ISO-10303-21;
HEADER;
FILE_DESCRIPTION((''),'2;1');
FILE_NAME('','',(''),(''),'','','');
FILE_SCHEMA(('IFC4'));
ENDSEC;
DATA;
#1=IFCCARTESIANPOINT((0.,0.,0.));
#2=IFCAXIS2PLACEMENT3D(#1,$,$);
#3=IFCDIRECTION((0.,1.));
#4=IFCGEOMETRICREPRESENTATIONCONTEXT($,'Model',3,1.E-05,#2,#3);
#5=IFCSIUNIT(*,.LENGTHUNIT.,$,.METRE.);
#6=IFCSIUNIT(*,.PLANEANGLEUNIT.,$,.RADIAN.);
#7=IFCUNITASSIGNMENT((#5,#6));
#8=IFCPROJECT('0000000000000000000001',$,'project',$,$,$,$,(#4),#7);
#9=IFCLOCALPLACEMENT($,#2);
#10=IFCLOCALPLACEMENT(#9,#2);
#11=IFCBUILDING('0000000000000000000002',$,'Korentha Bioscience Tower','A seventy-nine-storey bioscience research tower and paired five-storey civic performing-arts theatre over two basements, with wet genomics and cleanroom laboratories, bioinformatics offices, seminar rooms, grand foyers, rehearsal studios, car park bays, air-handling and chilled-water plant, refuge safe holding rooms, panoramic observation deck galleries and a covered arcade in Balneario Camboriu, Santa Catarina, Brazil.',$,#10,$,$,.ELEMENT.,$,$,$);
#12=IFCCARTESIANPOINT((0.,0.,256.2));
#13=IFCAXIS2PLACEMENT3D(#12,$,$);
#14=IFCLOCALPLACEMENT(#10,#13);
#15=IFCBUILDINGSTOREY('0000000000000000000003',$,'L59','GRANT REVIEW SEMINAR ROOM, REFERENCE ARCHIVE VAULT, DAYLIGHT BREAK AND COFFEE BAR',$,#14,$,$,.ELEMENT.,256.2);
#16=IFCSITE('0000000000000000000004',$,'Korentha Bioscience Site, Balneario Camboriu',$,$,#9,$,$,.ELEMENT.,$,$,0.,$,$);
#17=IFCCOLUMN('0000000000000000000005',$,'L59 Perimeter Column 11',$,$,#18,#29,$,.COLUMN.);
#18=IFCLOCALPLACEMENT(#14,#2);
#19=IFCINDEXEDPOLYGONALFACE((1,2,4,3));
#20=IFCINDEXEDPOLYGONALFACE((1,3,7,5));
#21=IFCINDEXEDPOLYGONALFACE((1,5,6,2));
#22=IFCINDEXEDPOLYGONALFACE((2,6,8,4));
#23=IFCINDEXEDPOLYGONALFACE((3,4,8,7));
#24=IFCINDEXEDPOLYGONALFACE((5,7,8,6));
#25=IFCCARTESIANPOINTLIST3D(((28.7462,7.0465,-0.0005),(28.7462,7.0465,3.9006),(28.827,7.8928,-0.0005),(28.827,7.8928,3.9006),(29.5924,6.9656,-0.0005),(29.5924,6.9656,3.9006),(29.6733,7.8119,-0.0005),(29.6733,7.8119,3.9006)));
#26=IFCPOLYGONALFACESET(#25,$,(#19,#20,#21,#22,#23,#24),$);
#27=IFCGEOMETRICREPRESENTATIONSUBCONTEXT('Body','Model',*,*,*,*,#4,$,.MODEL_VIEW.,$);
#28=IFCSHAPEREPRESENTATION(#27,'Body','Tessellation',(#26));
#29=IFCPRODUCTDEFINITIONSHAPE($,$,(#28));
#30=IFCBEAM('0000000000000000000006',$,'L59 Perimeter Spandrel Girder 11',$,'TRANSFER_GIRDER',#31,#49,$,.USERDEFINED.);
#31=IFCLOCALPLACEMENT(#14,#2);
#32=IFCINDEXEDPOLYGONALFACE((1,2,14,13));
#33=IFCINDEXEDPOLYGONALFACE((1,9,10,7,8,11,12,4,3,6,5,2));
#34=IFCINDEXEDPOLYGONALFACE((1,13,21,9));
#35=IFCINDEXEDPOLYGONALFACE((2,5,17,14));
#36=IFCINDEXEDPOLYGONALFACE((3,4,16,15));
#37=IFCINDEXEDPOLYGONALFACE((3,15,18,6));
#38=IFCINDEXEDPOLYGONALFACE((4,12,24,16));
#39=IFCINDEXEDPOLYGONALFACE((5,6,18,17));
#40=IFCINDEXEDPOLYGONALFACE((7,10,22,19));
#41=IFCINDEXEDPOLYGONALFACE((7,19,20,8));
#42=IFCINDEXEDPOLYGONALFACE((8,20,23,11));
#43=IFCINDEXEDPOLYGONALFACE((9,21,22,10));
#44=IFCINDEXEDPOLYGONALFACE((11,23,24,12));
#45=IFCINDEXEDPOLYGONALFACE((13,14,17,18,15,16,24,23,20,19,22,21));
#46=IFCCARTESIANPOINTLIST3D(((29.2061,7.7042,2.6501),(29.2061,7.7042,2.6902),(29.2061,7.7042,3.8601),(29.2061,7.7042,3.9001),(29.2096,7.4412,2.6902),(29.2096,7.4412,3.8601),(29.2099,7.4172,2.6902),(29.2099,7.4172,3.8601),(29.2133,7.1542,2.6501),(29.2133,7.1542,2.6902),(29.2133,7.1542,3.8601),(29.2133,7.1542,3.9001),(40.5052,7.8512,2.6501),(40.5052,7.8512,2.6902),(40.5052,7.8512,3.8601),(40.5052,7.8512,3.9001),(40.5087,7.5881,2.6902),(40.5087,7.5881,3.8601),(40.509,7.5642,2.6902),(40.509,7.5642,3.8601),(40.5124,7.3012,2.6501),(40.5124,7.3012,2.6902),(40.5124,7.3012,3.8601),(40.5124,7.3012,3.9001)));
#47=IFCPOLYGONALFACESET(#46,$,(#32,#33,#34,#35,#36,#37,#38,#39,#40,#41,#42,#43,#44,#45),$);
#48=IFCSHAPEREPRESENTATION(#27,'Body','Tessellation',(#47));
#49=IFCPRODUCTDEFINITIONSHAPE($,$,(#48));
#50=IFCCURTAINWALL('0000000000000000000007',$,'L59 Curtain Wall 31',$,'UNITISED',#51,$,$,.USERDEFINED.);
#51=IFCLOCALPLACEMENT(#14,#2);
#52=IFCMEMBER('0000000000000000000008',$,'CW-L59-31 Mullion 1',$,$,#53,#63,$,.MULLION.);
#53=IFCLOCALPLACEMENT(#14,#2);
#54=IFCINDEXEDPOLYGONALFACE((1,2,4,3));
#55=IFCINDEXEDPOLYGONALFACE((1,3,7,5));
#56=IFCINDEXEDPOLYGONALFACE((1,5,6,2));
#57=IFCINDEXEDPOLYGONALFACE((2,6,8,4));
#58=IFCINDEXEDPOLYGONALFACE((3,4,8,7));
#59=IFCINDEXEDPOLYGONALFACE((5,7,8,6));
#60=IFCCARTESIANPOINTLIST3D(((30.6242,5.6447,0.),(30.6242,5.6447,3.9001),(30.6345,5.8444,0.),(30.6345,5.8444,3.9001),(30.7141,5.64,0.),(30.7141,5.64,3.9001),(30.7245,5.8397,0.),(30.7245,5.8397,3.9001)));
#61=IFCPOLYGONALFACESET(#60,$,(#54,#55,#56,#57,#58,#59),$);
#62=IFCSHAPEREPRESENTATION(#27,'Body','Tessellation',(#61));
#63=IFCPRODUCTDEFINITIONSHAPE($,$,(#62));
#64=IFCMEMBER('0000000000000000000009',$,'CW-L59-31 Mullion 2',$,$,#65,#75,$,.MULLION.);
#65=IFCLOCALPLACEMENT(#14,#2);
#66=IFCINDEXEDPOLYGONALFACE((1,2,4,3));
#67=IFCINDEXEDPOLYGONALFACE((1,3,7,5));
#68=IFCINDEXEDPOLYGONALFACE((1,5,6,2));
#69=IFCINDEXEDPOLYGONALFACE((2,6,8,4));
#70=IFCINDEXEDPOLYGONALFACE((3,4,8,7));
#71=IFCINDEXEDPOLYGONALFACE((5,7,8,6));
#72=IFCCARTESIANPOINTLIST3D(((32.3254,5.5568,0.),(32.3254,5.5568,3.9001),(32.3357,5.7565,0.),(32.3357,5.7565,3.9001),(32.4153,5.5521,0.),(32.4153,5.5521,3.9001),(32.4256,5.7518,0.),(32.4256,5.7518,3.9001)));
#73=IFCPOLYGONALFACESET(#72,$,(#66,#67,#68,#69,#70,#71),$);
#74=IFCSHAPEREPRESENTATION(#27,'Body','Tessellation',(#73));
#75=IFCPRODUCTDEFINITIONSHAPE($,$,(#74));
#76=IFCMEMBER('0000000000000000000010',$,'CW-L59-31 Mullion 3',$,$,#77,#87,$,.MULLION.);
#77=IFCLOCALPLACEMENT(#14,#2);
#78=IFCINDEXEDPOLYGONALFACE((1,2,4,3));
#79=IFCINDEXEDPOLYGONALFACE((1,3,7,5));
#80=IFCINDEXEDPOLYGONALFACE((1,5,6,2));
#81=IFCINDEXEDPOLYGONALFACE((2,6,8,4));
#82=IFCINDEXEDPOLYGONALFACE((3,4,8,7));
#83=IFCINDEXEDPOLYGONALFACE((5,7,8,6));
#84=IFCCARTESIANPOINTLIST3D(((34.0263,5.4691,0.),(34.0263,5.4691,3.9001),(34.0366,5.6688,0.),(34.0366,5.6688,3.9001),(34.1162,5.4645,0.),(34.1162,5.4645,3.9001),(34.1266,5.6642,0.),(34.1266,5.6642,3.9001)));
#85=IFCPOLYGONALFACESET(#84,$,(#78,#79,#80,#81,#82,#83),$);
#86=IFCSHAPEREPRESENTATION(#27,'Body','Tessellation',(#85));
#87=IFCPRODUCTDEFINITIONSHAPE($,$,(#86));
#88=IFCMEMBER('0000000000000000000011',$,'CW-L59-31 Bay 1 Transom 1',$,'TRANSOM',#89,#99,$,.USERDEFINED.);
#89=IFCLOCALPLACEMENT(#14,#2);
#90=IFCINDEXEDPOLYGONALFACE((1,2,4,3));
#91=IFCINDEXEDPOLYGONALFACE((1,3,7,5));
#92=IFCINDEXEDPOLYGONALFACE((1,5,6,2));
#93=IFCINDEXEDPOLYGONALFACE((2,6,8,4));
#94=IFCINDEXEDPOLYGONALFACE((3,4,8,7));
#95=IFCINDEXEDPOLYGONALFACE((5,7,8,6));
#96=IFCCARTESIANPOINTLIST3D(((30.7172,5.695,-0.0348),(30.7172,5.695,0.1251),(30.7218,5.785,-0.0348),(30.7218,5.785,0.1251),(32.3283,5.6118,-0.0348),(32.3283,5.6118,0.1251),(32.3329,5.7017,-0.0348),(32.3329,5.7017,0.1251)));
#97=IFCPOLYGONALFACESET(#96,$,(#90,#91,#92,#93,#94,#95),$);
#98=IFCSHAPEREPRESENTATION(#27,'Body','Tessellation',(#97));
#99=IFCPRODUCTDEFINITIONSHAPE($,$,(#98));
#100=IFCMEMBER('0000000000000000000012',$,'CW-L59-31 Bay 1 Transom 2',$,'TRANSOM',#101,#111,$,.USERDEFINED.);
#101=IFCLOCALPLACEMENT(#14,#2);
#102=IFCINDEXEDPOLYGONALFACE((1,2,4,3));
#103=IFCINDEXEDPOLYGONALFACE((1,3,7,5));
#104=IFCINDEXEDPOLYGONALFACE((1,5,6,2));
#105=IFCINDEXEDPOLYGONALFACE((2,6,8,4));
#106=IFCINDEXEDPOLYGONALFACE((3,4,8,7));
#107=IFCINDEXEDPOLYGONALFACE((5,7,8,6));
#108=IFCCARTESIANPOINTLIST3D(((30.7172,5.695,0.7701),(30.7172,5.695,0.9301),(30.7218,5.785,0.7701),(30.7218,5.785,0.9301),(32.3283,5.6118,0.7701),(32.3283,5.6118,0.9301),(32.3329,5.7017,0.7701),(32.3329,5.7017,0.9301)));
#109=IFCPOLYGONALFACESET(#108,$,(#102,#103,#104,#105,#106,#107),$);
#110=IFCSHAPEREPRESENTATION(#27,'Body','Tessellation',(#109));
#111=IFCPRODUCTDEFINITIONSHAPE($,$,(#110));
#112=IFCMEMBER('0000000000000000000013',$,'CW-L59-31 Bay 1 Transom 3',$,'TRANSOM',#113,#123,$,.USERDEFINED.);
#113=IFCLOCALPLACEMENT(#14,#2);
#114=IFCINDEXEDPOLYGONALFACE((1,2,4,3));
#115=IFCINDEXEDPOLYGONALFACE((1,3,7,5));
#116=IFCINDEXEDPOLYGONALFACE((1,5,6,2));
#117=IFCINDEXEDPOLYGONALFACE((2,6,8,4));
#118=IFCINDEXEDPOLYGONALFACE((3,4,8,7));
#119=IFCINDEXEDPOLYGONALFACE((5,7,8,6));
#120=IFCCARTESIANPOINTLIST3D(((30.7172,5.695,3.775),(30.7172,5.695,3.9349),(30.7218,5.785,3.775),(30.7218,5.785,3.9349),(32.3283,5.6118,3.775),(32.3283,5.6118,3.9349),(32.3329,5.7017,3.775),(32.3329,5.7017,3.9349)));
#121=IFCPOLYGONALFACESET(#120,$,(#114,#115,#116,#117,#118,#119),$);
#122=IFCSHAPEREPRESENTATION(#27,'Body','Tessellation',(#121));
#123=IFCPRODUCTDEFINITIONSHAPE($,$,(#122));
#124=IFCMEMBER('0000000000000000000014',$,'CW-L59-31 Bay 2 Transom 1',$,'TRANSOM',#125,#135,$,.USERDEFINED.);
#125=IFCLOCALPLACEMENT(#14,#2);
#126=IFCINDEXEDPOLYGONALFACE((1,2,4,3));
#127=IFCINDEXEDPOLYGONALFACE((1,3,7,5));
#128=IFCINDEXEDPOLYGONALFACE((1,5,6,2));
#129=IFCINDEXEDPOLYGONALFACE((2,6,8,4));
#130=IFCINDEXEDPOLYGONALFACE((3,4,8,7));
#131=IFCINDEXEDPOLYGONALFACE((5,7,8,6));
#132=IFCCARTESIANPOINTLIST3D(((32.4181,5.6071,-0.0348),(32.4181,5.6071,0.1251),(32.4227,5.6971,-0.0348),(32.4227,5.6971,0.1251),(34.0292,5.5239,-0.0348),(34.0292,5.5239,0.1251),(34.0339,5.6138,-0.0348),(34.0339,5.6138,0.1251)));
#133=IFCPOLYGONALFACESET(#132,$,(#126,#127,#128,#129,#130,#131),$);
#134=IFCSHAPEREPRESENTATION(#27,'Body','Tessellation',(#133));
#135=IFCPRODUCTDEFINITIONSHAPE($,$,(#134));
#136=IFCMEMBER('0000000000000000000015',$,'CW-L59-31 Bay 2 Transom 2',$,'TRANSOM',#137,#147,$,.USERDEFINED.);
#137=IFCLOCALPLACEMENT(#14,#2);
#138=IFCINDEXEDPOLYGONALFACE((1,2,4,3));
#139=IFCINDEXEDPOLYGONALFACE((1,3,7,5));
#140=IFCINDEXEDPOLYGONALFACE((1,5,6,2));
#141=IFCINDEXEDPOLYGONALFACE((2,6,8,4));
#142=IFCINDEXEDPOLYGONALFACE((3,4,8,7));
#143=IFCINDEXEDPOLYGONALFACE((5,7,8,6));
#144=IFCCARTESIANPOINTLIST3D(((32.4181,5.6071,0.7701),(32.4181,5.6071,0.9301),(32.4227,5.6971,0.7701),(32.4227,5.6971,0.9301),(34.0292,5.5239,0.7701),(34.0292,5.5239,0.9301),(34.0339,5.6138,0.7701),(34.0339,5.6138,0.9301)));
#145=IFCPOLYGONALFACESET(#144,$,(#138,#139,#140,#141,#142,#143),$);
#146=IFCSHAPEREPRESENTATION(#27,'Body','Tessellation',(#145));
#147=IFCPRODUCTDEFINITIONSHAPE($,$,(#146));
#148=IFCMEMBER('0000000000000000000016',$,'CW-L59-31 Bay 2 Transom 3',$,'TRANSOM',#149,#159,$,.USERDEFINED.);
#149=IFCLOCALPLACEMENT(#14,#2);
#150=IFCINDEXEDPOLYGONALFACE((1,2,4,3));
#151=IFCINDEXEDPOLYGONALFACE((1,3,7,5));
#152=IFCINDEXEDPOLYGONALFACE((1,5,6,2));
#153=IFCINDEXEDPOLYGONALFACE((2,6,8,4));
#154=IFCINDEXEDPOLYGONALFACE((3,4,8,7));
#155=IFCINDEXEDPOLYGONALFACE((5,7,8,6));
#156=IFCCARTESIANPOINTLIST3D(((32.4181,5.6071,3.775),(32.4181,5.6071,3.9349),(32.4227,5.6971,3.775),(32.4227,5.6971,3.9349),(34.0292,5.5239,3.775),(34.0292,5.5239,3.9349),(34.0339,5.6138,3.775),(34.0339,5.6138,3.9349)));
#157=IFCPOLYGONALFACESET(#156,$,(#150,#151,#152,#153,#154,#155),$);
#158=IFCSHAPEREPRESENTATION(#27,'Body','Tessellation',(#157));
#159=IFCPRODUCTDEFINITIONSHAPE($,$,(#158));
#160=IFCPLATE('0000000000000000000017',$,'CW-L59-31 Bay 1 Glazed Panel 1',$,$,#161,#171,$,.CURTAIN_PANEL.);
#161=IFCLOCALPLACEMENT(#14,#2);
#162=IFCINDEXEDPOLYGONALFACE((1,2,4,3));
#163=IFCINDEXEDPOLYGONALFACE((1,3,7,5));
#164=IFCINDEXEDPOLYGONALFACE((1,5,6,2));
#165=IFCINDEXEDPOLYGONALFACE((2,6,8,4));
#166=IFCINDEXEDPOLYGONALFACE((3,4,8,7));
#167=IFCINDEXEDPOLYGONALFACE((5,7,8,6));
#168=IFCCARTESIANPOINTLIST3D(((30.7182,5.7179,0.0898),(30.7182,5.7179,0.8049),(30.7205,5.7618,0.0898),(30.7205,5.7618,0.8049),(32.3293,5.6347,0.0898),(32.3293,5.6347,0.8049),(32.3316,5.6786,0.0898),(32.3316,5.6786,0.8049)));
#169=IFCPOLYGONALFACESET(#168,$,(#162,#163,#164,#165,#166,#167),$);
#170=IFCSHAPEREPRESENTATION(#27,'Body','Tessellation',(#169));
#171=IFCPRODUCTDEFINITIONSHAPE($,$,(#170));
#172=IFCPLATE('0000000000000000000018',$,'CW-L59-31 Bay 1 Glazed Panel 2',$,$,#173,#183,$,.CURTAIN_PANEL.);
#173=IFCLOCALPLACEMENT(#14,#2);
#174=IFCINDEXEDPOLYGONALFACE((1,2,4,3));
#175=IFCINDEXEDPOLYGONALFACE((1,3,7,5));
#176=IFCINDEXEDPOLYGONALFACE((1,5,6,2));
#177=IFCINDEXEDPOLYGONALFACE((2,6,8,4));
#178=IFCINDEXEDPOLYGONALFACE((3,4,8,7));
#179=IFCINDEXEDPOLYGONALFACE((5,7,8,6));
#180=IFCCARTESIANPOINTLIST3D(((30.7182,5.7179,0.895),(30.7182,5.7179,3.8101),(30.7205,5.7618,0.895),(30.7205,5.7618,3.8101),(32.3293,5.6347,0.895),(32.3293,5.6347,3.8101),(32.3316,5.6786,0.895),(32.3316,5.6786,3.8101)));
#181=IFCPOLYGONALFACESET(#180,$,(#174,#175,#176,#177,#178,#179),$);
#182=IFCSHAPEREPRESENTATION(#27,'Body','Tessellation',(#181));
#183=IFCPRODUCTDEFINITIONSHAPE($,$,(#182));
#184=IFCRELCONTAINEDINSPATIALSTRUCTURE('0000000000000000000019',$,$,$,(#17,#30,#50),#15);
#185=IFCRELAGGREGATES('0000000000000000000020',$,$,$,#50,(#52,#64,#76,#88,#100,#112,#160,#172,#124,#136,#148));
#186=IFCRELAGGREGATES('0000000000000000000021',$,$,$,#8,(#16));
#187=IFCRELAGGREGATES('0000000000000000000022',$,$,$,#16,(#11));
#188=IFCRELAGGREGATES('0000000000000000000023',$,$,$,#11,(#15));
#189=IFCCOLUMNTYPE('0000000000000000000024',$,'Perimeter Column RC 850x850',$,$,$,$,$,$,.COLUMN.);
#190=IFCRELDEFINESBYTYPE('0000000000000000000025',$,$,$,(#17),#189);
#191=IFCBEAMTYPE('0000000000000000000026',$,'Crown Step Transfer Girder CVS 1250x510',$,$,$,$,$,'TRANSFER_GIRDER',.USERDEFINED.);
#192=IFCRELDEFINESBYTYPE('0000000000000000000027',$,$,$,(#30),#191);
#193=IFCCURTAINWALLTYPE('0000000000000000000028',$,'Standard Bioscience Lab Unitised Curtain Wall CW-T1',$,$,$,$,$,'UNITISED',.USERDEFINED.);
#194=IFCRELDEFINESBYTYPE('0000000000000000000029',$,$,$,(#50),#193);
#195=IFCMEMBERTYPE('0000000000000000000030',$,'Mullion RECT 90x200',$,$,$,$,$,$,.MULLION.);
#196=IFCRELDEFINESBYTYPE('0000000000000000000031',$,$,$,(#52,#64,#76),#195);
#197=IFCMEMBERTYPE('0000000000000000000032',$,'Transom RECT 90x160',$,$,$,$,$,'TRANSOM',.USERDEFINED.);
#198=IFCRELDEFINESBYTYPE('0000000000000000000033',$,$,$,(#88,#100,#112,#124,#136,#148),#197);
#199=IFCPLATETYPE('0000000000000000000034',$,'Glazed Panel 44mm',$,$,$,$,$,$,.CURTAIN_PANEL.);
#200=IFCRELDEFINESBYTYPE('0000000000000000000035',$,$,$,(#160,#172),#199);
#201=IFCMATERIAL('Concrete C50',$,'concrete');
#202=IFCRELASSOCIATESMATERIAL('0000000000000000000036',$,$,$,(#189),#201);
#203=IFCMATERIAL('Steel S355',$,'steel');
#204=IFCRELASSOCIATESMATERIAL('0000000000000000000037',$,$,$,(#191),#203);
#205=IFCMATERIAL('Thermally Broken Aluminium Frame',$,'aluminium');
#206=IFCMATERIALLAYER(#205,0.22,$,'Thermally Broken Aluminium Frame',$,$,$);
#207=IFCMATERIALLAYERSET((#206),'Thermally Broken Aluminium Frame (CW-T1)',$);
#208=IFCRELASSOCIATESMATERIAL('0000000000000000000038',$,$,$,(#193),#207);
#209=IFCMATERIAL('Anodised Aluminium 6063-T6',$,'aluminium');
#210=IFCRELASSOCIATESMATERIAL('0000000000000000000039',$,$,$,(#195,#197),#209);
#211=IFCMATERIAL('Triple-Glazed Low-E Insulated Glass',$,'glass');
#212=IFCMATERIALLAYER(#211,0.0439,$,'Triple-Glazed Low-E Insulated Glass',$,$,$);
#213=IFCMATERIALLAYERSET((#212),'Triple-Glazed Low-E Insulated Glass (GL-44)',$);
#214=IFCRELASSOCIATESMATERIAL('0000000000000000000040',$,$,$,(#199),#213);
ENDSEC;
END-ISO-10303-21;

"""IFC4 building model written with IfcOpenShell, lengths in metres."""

from ifc_helpers import new_model, si_unit, direction, frame, origin, origin_2d, place, context, subcontext, project, spatial, rectangle, i_section, extrude, material, layer, layer_set, material_profile, profile_set, type_object, element, aggregate, save


model = new_model("IFC4")

# Units and contexts
model_context = context("Model", 3, precision=1e-05, world=origin(), true_north=direction((0.0, 1.0)))
body_context = subcontext(model_context, "Body", "Model", "MODEL_VIEW")
ifc_project = project(units=[si_unit("LENGTHUNIT", "METRE"), si_unit("PLANEANGLEUNIT", "RADIAN")], contexts=[model_context])

# Site, building, storey
site_placement = place(None, origin())
site = spatial("IfcSite", under=ifc_project, at=site_placement, Name="Korentha Bioscience Site, Balneario Camboriu", CompositionType="ELEMENT", RefElevation=0.0)
building_placement = place(site_placement, origin())
building = spatial("IfcBuilding", under=site, at=building_placement, Name="Korentha Bioscience Tower", Description="A seventy-nine-storey bioscience research tower and paired five-storey civic performing-arts theatre over two basements, with wet genomics and cleanroom laboratories, bioinformatics offices, seminar rooms, grand foyers, rehearsal studios, car park bays, air-handling and chilled-water plant, refuge safe holding rooms, panoramic observation deck galleries and a covered arcade in Balneario Camboriu, Santa Catarina, Brazil.", CompositionType="ELEMENT")
storey_placement = place(building_placement, frame((0.0, 0.0, 256.2)))
storey = spatial("IfcBuildingStorey", under=building, at=storey_placement, Name="L59", Description="GRANT REVIEW SEMINAR ROOM, REFERENCE ARCHIVE VAULT, DAYLIGHT BREAK AND COFFEE BAR", CompositionType="ELEMENT", Elevation=256.2)

# Column
ifc_material_1 = material(Name="Concrete C50", Category="concrete")
ifc_material_profile_1 = material_profile(ifc_material_1, rectangle(XDim=0.8501, YDim=0.8501, at=origin_2d()), Name="Concrete C50")
ifc_profile_set_1 = profile_set([ifc_material_profile_1], Name="Concrete C50 (COL-P08)")
column_type = type_object("IfcColumnType", Name="Perimeter Column RC 850x850", PredefinedType="COLUMN", material=ifc_profile_set_1)
column_placement = place(storey_placement, frame((29.2097, 7.4292, -0.0005), z_axis=(0.0, 0.0, 1.0), x_axis=(-0.995463, 0.095151, 0.0)))
element("IfcColumn", 1, at=column_placement, inside=storey, type_object=column_type, Name="L59 Perimeter Column 11", PredefinedType="COLUMN", context=body_context, shape_type="SweptSolid", body=[
    extrude(rectangle(XDim=0.8501, YDim=0.8501, at=origin_2d()), origin(), (0.0, 0.0, 1.0), 3.9011),
])

# Beam
ifc_material_2 = material(Name="Steel S355", Category="steel")
ifc_material_profile_2 = material_profile(ifc_material_2, i_section(OverallWidth=0.55, OverallDepth=1.25, WebThickness=0.0239, FlangeThickness=0.04, at=origin_2d()), Name="Steel S355")
ifc_profile_set_2 = profile_set([ifc_material_profile_2], Name="Steel S355 (TG-03)")
beam_type = type_object("IfcBeamType", Name="Crown Step Transfer Girder CVS 1250x510", ElementType="TRANSFER_GIRDER", PredefinedType="USERDEFINED", material=ifc_profile_set_2)
beam_placement = place(storey_placement, frame((29.2097, 7.4292, 3.2751), z_axis=(0.999915, 0.013006, 0.0), x_axis=(-0.013006, 0.999915, 0.0)))
element("IfcBeam", 2, at=beam_placement, inside=storey, type_object=beam_type, Name="L59 Perimeter Spandrel Girder 11", ObjectType="TRANSFER_GIRDER", PredefinedType="USERDEFINED", context=body_context, shape_type="SweptSolid", body=[
    extrude(i_section(OverallWidth=0.55, OverallDepth=1.25, WebThickness=0.0239, FlangeThickness=0.04, at=origin_2d()), origin(), (0.0, 0.0, 1.0), 11.3),
])

# Curtain wall, members, plates
ifc_material_3 = material(Name="Thermally Broken Aluminium Frame", Category="aluminium")
ifc_layer_1 = layer(ifc_material_3, 0.22, Name="Thermally Broken Aluminium Frame")
ifc_layer_set_1 = layer_set([ifc_layer_1], Name="Thermally Broken Aluminium Frame (CW-T1)")
curtain_wall_type = type_object("IfcCurtainWallType", Name="Standard Bioscience Lab Unitised Curtain Wall CW-T1", ElementType="UNITISED", PredefinedType="USERDEFINED", material=ifc_layer_set_1)
curtain_wall_placement = place(storey_placement, origin())
curtain_wall = element("IfcCurtainWall", 3, at=curtain_wall_placement, inside=storey, type_object=curtain_wall_type, Name="L59 Curtain Wall 31", ObjectType="UNITISED", PredefinedType="USERDEFINED")
ifc_material_4 = material(Name="Anodised Aluminium 6063-T6", Category="aluminium")
ifc_material_profile_3 = material_profile(ifc_material_4, rectangle(XDim=0.0901, YDim=0.2, at=origin_2d()), Name="Anodised Aluminium 6063-T6")
ifc_profile_set_3 = profile_set([ifc_material_profile_3], Name="Anodised Aluminium 6063-T6 (CW-MUL)")
member_type_1 = type_object("IfcMemberType", Name="Mullion RECT 90x200", PredefinedType="MULLION", material=ifc_profile_set_3)
member_1_placement = place(storey_placement, frame((30.6743, 5.7422, 0.0), z_axis=(0.0, 0.0, 1.0), x_axis=(0.998671, -0.051538, 0.0)))
member_1 = element("IfcMember", 4, at=member_1_placement, type_object=member_type_1, Name="CW-L59-31 Mullion 1", PredefinedType="MULLION", context=body_context, shape_type="SweptSolid", body=[
    extrude(rectangle(XDim=0.0901, YDim=0.2, at=origin_2d()), origin(), (0.0, 0.0, 1.0), 3.9001),
])
member_2_placement = place(storey_placement, frame((32.3755, 5.6543, 0.0), z_axis=(0.0, 0.0, 1.0), x_axis=(0.998671, -0.051538, 0.0)))
member_2 = element("IfcMember", 5, at=member_2_placement, type_object=member_type_1, Name="CW-L59-31 Mullion 2", PredefinedType="MULLION", context=body_context, shape_type="SweptSolid", body=[
    extrude(rectangle(XDim=0.0901, YDim=0.2, at=origin_2d()), origin(), (0.0, 0.0, 1.0), 3.9001),
])
member_3_placement = place(storey_placement, frame((34.0764, 5.5667, 0.0), z_axis=(0.0, 0.0, 1.0), x_axis=(0.998671, -0.051538, 0.0)))
member_3 = element("IfcMember", 6, at=member_3_placement, type_object=member_type_1, Name="CW-L59-31 Mullion 3", PredefinedType="MULLION", context=body_context, shape_type="SweptSolid", body=[
    extrude(rectangle(XDim=0.0901, YDim=0.2, at=origin_2d()), origin(), (0.0, 0.0, 1.0), 3.9001),
])
ifc_material_profile_4 = material_profile(ifc_material_4, rectangle(XDim=0.0901, YDim=0.1599, at=origin_2d()), Name="Anodised Aluminium 6063-T6")
ifc_profile_set_4 = profile_set([ifc_material_profile_4], Name="Anodised Aluminium 6063-T6 (CW-TRN)")
member_type_2 = type_object("IfcMemberType", Name="Transom RECT 90x160", ElementType="TRANSOM", PredefinedType="USERDEFINED", material=ifc_profile_set_4)
member_4_placement = place(storey_placement, frame((30.7195, 5.74, 0.0452), z_axis=(0.998668, -0.051606, 0.0), x_axis=(0.051606, 0.998668, 0.0)))
member_4 = element("IfcMember", 7, at=member_4_placement, type_object=member_type_2, Name="CW-L59-31 Bay 1 Transom 1", ObjectType="TRANSOM", PredefinedType="USERDEFINED", context=body_context, shape_type="SweptSolid", body=[
    extrude(rectangle(XDim=0.0901, YDim=0.1599, at=origin_2d()), origin(), (0.0, 0.0, 1.0), 1.6133),
])
member_5_placement = place(storey_placement, frame((30.7195, 5.74, 0.8501), z_axis=(0.998668, -0.051606, 0.0), x_axis=(0.051606, 0.998668, 0.0)))
member_5 = element("IfcMember", 8, at=member_5_placement, type_object=member_type_2, Name="CW-L59-31 Bay 1 Transom 2", ObjectType="TRANSOM", PredefinedType="USERDEFINED", context=body_context, shape_type="SweptSolid", body=[
    extrude(rectangle(XDim=0.0901, YDim=0.1599, at=origin_2d()), origin(), (0.0, 0.0, 1.0), 1.6133),
])
member_6_placement = place(storey_placement, frame((30.7195, 5.74, 3.855), z_axis=(0.998668, -0.051606, 0.0), x_axis=(0.051606, 0.998668, 0.0)))
member_6 = element("IfcMember", 9, at=member_6_placement, type_object=member_type_2, Name="CW-L59-31 Bay 1 Transom 3", ObjectType="TRANSOM", PredefinedType="USERDEFINED", context=body_context, shape_type="SweptSolid", body=[
    extrude(rectangle(XDim=0.0901, YDim=0.1599, at=origin_2d()), origin(), (0.0, 0.0, 1.0), 1.6133),
])
member_7_placement = place(storey_placement, frame((32.4204, 5.6521, 0.0452), z_axis=(0.998668, -0.051606, 0.0), x_axis=(0.051606, 0.998668, 0.0)))
member_7 = element("IfcMember", 10, at=member_7_placement, type_object=member_type_2, Name="CW-L59-31 Bay 2 Transom 1", ObjectType="TRANSOM", PredefinedType="USERDEFINED", context=body_context, shape_type="SweptSolid", body=[
    extrude(rectangle(XDim=0.0901, YDim=0.1599, at=origin_2d()), origin(), (0.0, 0.0, 1.0), 1.6133),
])
member_8_placement = place(storey_placement, frame((32.4204, 5.6521, 0.8501), z_axis=(0.998668, -0.051606, 0.0), x_axis=(0.051606, 0.998668, 0.0)))
member_8 = element("IfcMember", 11, at=member_8_placement, type_object=member_type_2, Name="CW-L59-31 Bay 2 Transom 2", ObjectType="TRANSOM", PredefinedType="USERDEFINED", context=body_context, shape_type="SweptSolid", body=[
    extrude(rectangle(XDim=0.0901, YDim=0.1599, at=origin_2d()), origin(), (0.0, 0.0, 1.0), 1.6133),
])
member_9_placement = place(storey_placement, frame((32.4204, 5.6521, 3.855), z_axis=(0.998668, -0.051606, 0.0), x_axis=(0.051606, 0.998668, 0.0)))
member_9 = element("IfcMember", 12, at=member_9_placement, type_object=member_type_2, Name="CW-L59-31 Bay 2 Transom 3", ObjectType="TRANSOM", PredefinedType="USERDEFINED", context=body_context, shape_type="SweptSolid", body=[
    extrude(rectangle(XDim=0.0901, YDim=0.1599, at=origin_2d()), origin(), (0.0, 0.0, 1.0), 1.6133),
])
ifc_material_5 = material(Name="Triple-Glazed Low-E Insulated Glass", Category="glass")
ifc_layer_2 = layer(ifc_material_5, 0.0439, Name="Triple-Glazed Low-E Insulated Glass")
ifc_layer_set_2 = layer_set([ifc_layer_2], Name="Triple-Glazed Low-E Insulated Glass (GL-44)")
plate_type = type_object("IfcPlateType", Name="Glazed Panel 44mm", PredefinedType="CURTAIN_PANEL", material=ifc_layer_set_2)
plate_1_placement = place(storey_placement, frame((31.5249, 5.6982, 0.0898), z_axis=(0.0, 0.0, 1.0), x_axis=(0.998671, -0.051538, 0.0)))
plate_1 = element("IfcPlate", 13, at=plate_1_placement, type_object=plate_type, Name="CW-L59-31 Bay 1 Glazed Panel 1", PredefinedType="CURTAIN_PANEL", context=body_context, shape_type="SweptSolid", body=[
    extrude(rectangle(XDim=1.6133, YDim=0.0439, at=origin_2d()), origin(), (0.0, 0.0, 1.0), 0.7151),
])
plate_2_placement = place(storey_placement, frame((31.5249, 5.6982, 0.895), z_axis=(0.0, 0.0, 1.0), x_axis=(0.998671, -0.051538, 0.0)))
plate_2 = element("IfcPlate", 14, at=plate_2_placement, type_object=plate_type, Name="CW-L59-31 Bay 1 Glazed Panel 2", PredefinedType="CURTAIN_PANEL", context=body_context, shape_type="SweptSolid", body=[
    extrude(rectangle(XDim=1.6133, YDim=0.0439, at=origin_2d()), origin(), (0.0, 0.0, 1.0), 2.915),
])
aggregate(curtain_wall, [member_1, member_2, member_3, member_4, member_5, member_6, plate_1, plate_2, member_7, member_8, member_9])

save(model, "model.ifc")
